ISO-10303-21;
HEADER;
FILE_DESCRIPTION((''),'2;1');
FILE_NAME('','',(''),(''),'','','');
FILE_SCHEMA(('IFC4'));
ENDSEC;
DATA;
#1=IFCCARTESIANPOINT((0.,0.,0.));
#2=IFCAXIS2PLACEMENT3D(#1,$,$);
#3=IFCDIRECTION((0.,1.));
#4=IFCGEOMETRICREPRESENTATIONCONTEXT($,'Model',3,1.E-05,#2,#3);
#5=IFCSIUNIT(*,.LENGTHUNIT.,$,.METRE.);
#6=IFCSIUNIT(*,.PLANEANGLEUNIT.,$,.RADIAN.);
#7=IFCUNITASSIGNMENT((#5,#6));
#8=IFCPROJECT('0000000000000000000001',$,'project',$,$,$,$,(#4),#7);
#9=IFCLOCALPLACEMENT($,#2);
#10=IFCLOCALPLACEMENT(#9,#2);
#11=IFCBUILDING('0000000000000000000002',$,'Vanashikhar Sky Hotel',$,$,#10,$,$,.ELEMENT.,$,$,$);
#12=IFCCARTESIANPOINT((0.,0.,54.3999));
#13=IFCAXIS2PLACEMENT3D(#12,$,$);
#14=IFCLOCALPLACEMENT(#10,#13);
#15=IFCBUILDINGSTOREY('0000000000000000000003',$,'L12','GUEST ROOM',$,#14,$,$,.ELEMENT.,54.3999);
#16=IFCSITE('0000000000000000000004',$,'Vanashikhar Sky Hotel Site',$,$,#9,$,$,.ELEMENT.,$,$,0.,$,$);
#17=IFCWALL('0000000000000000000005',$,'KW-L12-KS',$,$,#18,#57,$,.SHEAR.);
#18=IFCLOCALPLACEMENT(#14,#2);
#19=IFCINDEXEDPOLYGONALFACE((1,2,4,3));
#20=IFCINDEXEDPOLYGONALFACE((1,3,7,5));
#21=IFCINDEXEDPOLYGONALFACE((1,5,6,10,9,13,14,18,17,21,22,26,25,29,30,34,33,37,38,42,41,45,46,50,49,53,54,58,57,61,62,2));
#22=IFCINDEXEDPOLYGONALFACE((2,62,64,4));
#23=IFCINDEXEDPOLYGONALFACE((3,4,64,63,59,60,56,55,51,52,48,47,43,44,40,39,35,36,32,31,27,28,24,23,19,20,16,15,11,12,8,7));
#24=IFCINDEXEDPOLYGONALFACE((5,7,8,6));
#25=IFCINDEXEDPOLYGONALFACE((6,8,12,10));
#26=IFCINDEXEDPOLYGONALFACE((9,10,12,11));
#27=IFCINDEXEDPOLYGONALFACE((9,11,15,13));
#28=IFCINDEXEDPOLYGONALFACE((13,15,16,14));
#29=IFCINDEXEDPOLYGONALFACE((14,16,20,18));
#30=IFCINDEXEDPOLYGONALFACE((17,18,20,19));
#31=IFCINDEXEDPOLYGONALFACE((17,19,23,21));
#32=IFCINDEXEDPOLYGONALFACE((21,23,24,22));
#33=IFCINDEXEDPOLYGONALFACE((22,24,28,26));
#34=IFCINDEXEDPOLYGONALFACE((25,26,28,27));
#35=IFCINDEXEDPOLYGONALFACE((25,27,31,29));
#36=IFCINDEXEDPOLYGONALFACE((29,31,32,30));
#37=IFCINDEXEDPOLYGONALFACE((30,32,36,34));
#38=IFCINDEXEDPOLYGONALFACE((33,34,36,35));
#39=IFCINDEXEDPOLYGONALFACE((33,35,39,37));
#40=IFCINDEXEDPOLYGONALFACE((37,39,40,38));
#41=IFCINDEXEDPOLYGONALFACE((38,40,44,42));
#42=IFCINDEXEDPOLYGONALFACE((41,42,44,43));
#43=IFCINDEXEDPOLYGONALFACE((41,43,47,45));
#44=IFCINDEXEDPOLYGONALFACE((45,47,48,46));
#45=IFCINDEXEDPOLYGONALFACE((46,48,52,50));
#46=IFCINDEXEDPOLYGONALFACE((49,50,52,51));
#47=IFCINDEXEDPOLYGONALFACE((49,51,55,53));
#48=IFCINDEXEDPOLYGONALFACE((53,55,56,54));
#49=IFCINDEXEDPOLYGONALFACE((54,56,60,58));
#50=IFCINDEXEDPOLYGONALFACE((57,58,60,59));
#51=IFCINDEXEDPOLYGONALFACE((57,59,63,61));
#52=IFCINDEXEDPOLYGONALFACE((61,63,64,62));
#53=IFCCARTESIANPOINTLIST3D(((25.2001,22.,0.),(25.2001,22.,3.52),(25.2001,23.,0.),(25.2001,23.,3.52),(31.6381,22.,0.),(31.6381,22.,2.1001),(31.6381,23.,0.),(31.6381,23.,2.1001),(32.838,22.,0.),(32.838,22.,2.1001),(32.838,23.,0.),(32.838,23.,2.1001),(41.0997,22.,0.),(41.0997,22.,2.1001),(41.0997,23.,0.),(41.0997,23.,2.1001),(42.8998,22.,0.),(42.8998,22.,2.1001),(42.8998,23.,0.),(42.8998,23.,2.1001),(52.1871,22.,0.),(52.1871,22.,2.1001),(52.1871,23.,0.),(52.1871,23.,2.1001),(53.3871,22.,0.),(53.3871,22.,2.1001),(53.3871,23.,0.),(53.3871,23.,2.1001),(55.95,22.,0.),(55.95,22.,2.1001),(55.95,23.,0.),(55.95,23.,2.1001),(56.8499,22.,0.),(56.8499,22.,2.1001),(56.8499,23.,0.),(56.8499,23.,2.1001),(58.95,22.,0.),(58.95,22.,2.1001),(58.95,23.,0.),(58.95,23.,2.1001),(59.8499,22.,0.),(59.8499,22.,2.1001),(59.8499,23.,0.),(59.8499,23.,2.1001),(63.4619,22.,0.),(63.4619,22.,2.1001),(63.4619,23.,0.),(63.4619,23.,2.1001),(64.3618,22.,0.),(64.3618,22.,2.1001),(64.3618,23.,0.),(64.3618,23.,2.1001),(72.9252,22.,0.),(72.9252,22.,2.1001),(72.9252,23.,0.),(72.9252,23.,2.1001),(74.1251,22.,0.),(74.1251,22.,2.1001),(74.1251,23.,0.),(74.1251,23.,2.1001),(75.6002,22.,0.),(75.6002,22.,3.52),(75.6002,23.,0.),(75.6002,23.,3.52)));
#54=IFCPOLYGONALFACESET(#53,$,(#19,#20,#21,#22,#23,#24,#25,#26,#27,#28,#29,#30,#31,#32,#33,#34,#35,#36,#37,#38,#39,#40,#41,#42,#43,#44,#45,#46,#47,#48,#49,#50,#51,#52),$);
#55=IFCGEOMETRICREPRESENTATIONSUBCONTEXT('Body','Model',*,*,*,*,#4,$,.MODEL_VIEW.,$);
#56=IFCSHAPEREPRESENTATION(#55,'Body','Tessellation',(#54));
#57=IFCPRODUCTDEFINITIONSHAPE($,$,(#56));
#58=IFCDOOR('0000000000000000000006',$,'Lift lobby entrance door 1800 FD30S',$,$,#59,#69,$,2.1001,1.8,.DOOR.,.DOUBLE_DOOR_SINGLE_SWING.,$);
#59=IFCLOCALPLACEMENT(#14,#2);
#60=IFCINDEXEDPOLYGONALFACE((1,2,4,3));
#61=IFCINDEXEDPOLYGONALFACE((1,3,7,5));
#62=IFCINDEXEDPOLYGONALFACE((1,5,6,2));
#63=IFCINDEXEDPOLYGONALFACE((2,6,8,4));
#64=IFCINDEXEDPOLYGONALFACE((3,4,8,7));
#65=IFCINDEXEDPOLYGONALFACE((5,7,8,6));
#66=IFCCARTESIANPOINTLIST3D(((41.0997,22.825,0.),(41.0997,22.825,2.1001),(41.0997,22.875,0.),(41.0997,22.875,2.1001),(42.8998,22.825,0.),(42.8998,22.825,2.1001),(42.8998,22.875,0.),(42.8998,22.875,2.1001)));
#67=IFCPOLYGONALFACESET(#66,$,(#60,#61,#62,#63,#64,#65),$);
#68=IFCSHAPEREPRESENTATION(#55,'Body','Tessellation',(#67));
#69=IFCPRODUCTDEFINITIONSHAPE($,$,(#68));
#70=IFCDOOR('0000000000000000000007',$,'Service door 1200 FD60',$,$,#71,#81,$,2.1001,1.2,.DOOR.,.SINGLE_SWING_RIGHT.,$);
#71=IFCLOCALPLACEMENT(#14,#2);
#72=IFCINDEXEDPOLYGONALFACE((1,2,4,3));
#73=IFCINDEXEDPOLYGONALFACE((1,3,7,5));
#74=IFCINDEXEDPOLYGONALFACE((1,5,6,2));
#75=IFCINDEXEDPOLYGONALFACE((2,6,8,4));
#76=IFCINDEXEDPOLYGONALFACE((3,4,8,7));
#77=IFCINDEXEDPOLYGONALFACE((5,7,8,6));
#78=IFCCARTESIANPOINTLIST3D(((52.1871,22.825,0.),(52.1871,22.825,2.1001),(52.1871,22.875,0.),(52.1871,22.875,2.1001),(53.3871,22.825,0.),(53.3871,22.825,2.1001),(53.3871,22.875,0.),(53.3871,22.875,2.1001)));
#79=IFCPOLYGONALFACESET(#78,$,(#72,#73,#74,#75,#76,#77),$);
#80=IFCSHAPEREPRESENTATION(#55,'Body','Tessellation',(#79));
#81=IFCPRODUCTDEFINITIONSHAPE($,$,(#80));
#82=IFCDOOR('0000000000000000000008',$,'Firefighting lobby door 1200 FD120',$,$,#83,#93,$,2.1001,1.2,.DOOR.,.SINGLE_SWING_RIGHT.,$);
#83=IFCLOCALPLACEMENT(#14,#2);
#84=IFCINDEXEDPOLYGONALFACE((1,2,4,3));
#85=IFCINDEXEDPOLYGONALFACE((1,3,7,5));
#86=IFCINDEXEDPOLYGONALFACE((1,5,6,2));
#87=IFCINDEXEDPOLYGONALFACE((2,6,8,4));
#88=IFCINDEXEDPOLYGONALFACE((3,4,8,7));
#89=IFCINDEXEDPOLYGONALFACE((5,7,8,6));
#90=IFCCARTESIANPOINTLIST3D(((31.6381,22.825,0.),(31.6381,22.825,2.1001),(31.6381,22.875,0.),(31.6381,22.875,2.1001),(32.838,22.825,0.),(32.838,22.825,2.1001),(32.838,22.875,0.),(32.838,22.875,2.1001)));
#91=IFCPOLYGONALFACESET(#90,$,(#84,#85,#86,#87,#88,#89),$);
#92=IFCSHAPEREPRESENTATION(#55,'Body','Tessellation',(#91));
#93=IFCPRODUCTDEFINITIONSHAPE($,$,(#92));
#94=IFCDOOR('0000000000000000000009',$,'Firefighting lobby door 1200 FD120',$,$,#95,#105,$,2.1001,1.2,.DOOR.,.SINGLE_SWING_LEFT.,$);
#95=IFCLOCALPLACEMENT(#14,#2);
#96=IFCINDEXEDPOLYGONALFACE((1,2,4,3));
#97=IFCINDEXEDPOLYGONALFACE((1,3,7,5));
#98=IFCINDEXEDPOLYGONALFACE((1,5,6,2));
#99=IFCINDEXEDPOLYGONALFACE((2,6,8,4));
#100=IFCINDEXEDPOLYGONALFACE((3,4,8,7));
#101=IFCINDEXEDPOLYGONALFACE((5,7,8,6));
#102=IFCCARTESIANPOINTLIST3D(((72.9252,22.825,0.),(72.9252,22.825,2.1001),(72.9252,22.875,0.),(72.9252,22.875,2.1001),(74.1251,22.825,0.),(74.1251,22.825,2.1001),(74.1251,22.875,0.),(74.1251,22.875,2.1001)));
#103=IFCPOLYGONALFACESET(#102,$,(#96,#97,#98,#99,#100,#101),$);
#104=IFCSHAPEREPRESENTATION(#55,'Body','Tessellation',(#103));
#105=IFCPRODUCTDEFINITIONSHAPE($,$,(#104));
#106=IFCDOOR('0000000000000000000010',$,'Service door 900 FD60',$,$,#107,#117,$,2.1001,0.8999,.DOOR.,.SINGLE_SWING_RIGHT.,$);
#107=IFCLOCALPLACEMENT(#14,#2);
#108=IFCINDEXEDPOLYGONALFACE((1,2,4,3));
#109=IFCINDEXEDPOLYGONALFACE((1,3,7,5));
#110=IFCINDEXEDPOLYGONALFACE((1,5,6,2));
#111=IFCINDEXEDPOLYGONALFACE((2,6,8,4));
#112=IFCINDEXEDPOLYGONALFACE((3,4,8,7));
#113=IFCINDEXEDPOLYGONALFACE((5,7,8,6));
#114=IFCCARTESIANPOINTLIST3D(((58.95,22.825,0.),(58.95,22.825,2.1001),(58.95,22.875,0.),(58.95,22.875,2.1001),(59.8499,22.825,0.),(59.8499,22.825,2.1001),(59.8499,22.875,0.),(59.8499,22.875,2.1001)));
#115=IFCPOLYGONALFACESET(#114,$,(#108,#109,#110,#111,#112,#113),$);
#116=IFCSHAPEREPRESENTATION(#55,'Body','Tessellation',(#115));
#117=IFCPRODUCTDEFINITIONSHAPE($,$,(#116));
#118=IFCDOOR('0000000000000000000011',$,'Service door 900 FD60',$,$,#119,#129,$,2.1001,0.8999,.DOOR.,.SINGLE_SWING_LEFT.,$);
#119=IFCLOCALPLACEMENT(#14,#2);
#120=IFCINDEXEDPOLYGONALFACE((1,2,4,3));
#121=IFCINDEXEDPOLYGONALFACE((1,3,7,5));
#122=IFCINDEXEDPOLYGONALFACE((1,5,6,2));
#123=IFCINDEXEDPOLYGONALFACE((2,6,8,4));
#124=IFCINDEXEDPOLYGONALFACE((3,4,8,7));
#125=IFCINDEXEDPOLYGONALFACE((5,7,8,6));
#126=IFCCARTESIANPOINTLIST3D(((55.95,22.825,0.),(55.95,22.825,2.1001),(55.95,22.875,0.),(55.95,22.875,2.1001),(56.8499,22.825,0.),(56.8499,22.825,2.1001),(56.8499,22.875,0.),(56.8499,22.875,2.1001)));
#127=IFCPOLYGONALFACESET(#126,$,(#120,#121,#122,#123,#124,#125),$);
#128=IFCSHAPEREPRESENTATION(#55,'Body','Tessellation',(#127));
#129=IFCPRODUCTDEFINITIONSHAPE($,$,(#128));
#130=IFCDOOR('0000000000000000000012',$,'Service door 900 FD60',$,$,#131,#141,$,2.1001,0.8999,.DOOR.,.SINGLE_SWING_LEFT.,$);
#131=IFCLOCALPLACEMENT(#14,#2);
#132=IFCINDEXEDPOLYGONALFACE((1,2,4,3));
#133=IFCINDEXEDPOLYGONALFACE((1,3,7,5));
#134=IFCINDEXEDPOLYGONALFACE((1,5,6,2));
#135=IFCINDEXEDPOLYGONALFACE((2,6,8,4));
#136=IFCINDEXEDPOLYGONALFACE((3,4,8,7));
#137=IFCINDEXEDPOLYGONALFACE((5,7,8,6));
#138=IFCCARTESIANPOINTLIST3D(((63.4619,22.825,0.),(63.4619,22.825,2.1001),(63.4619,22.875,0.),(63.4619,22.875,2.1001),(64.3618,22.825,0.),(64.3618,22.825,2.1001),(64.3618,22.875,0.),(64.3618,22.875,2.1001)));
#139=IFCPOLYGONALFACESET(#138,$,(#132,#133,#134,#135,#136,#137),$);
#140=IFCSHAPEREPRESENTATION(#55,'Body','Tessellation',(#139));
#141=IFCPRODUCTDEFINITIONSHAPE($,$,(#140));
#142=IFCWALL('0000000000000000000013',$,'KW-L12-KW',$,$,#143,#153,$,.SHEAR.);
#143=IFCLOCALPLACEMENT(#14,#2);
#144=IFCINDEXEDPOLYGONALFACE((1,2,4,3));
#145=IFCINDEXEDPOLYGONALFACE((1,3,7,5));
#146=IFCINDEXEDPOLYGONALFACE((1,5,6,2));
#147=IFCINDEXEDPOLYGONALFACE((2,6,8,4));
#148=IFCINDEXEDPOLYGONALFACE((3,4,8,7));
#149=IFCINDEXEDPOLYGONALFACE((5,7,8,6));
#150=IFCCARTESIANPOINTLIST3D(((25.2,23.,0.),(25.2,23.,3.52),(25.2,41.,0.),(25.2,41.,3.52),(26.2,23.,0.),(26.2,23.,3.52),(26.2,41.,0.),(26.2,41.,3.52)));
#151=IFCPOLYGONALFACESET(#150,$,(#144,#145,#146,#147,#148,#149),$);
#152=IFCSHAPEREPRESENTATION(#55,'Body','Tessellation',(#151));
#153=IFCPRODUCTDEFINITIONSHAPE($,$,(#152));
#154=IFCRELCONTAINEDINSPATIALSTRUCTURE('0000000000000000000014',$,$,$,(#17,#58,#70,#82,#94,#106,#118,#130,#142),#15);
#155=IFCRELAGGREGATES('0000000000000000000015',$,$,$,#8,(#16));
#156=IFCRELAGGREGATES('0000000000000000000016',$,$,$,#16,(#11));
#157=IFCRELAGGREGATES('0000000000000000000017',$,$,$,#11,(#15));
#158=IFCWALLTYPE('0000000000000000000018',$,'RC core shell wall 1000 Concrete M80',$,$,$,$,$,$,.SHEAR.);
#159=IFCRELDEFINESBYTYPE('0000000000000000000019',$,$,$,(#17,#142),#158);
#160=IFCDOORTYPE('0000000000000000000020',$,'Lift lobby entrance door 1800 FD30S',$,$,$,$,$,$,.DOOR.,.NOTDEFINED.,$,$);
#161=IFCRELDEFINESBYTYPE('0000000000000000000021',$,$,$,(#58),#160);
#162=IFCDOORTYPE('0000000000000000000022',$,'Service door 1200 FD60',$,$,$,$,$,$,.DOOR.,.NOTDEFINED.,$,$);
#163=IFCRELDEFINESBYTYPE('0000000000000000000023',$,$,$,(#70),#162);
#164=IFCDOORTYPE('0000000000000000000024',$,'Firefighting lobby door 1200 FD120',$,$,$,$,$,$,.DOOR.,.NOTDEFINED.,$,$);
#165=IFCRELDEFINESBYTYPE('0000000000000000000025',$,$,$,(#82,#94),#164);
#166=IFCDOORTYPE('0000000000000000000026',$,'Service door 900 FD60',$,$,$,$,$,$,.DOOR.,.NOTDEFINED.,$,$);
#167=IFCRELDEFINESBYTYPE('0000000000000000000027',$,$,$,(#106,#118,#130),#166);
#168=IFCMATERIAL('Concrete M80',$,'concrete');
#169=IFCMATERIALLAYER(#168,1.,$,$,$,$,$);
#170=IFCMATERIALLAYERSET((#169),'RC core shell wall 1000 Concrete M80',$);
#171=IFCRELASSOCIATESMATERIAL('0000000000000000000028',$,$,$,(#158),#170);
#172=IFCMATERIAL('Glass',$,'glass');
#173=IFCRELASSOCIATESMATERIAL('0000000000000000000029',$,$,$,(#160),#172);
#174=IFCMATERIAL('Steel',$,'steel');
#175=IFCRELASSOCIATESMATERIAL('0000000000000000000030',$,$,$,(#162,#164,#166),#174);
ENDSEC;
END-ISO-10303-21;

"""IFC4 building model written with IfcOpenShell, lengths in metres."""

from ifc_helpers import new_model, si_unit, direction, frame, frame_2d, origin, place, context, subcontext, project, spatial, rectangle, extrude, source, transform, mapped, material, layer, layer_set, type_object, element, fill, save


model = new_model("IFC4")

# Units and contexts
model_context = context("Model", 3, precision=1e-05, world=origin(), true_north=direction((0.0, 1.0)))
body_context = subcontext(model_context, "Body", "Model", "MODEL_VIEW")
ifc_project = project(units=[si_unit("LENGTHUNIT", "METRE"), si_unit("PLANEANGLEUNIT", "RADIAN")], contexts=[model_context])

# Site, building, storey
site_placement = place(None, origin())
site = spatial("IfcSite", under=ifc_project, at=site_placement, Name="Vanashikhar Sky Hotel Site", CompositionType="ELEMENT", RefElevation=0.0)
building_placement = place(site_placement, origin())
building = spatial("IfcBuilding", under=site, at=building_placement, Name="Vanashikhar Sky Hotel", CompositionType="ELEMENT")
storey_placement = place(building_placement, frame((0.0, 0.0, 54.3999)))
storey = spatial("IfcBuildingStorey", under=building, at=storey_placement, Name="L12", Description="GUEST ROOM", CompositionType="ELEMENT", Elevation=54.3999)

# Wall, openings, doors
ifc_material_1 = material(Name="Concrete M80", Category="concrete")
ifc_layer_1 = layer(ifc_material_1, 1.0)
ifc_layer_set_1 = layer_set([ifc_layer_1], Name="RC core shell wall 1000 Concrete M80")
wall_type_1 = type_object("IfcWallType", Name="RC core shell wall 1000 Concrete M80", PredefinedType="SHEAR", material=ifc_layer_set_1)
shared_shape_1 = source(origin(), body_context, "Body", "SweptSolid", [
    extrude(rectangle(XDim=50.4001, YDim=1.0, at=frame_2d((25.2002, 0.0))), origin(), (0.0, 0.0, 1.0), 3.52),
])
wall_1_placement = place(storey_placement, frame((25.2, 22.5, 0.0), z_axis=(0.0, 0.0, 1.0), x_axis=(1.0, 0.0, 0.0)))
wall_1 = element("IfcWall", 1, at=wall_1_placement, inside=storey, type_object=wall_type_1, Name="KW-L12-KS", PredefinedType="SHEAR", context=body_context, shape_type="MappedRepresentation", body=[
    mapped(shared_shape_1, transform((0.0, 0.0, 0.0), scale=1.0)),
])
shared_shape_2 = source(origin(), body_context, "Body", "SweptSolid", [
    extrude(rectangle(XDim=1.8, YDim=2.1001, at=frame_2d((0.8999, 1.05))), frame((0.0, 0.51, 0.0), z_axis=(0.0, -1.0, 0.0), x_axis=(1.0, 0.0, 0.0)), (0.0, 0.0, 1.0), 1.02),
])
opening_1_placement = place(wall_1_placement, frame((15.8999, 0.0, 0.0)))
opening_1 = element("IfcOpeningElement", 2, at=opening_1_placement, cuts=wall_1, PredefinedType="OPENING", context=body_context, shape_type="MappedRepresentation", body=[
    mapped(shared_shape_2, transform((0.0, 0.0, 0.0), scale=1.0)),
])
shared_shape_3 = source(origin(), body_context, "Body", "SweptSolid", [
    extrude(rectangle(XDim=1.2, YDim=2.1001, at=frame_2d((0.6001, 1.05))), frame((0.0, 0.51, 0.0), z_axis=(0.0, -1.0, 0.0), x_axis=(1.0, 0.0, 0.0)), (0.0, 0.0, 1.0), 1.02),
])
opening_2_placement = place(wall_1_placement, frame((26.9871, 0.0, 0.0)))
opening_2 = element("IfcOpeningElement", 3, at=opening_2_placement, cuts=wall_1, PredefinedType="OPENING", context=body_context, shape_type="MappedRepresentation", body=[
    mapped(shared_shape_3, transform((0.0, 0.0, 0.0), scale=1.0)),
])
shared_shape_4 = source(origin(), body_context, "Body", "SweptSolid", [
    extrude(rectangle(XDim=0.8999, YDim=2.1001, at=frame_2d((0.45, 1.05))), frame((0.0, 0.51, 0.0), z_axis=(0.0, -1.0, 0.0), x_axis=(1.0, 0.0, 0.0)), (0.0, 0.0, 1.0), 1.02),
])
opening_3_placement = place(wall_1_placement, frame((33.75, 0.0, 0.0)))
opening_3 = element("IfcOpeningElement", 4, at=opening_3_placement, cuts=wall_1, PredefinedType="OPENING", context=body_context, shape_type="MappedRepresentation", body=[
    mapped(shared_shape_4, transform((0.0, 0.0, 0.0), scale=1.0)),
])
opening_4_placement = place(wall_1_placement, frame((30.75, 0.0, 0.0)))
opening_4 = element("IfcOpeningElement", 5, at=opening_4_placement, cuts=wall_1, PredefinedType="OPENING", context=body_context, shape_type="MappedRepresentation", body=[
    mapped(shared_shape_4, transform((0.0, 0.0, 0.0), scale=1.0)),
])
opening_5_placement = place(wall_1_placement, frame((38.262, 0.0, 0.0)))
opening_5 = element("IfcOpeningElement", 6, at=opening_5_placement, cuts=wall_1, PredefinedType="OPENING", context=body_context, shape_type="MappedRepresentation", body=[
    mapped(shared_shape_4, transform((0.0, 0.0, 0.0), scale=1.0)),
])
opening_6_placement = place(wall_1_placement, frame((6.438, 0.0, 0.0)))
opening_6 = element("IfcOpeningElement", 7, at=opening_6_placement, cuts=wall_1, PredefinedType="OPENING", context=body_context, shape_type="MappedRepresentation", body=[
    mapped(shared_shape_3, transform((0.0, 0.0, 0.0), scale=1.0)),
])
opening_7_placement = place(wall_1_placement, frame((47.7251, 0.0, 0.0)))
opening_7 = element("IfcOpeningElement", 8, at=opening_7_placement, cuts=wall_1, PredefinedType="OPENING", context=body_context, shape_type="MappedRepresentation", body=[
    mapped(shared_shape_3, transform((0.0, 0.0, 0.0), scale=1.0)),
])
ifc_material_2 = material(Name="Glass", Category="glass")
door_type_1 = type_object("IfcDoorType", Name="Lift lobby entrance door 1800 FD30S", OperationType="NOTDEFINED", PredefinedType="DOOR", material=ifc_material_2)
shared_shape_5 = source(origin(), body_context, "Body", "SweptSolid", [
    extrude(rectangle(XDim=1.8, YDim=2.1001, at=frame_2d((0.8999, 1.05))), frame((0.0, 0.375, 0.0), z_axis=(0.0, -1.0, 0.0), x_axis=(1.0, 0.0, 0.0)), (0.0, 0.0, 1.0), 0.05),
])
door_1_placement = place(opening_1_placement, origin())
door_1 = element("IfcDoor", 9, at=door_1_placement, inside=storey, type_object=door_type_1, Name="Lift lobby entrance door 1800 FD30S", OperationType="DOUBLE_DOOR_SINGLE_SWING", OverallHeight=2.1001, OverallWidth=1.8, PredefinedType="DOOR", context=body_context, shape_type="MappedRepresentation", body=[
    mapped(shared_shape_5, transform((0.0, 0.0, 0.0), scale=1.0)),
])
fill(opening_1, door_1)
ifc_material_3 = material(Name="Steel", Category="steel")
door_type_2 = type_object("IfcDoorType", Name="Service door 1200 FD60", OperationType="NOTDEFINED", PredefinedType="DOOR", material=ifc_material_3)
shared_shape_6 = source(origin(), body_context, "Body", "SweptSolid", [
    extrude(rectangle(XDim=1.2, YDim=2.1001, at=frame_2d((0.6001, 1.05))), frame((0.0, 0.375, 0.0), z_axis=(0.0, -1.0, 0.0), x_axis=(1.0, 0.0, 0.0)), (0.0, 0.0, 1.0), 0.05),
])
door_2_placement = place(opening_2_placement, origin())
door_2 = element("IfcDoor", 10, at=door_2_placement, inside=storey, type_object=door_type_2, Name="Service door 1200 FD60", OperationType="SINGLE_SWING_RIGHT", OverallHeight=2.1001, OverallWidth=1.2, PredefinedType="DOOR", context=body_context, shape_type="MappedRepresentation", body=[
    mapped(shared_shape_6, transform((0.0, 0.0, 0.0), scale=1.0)),
])
fill(opening_2, door_2)
door_type_3 = type_object("IfcDoorType", Name="Firefighting lobby door 1200 FD120", OperationType="NOTDEFINED", PredefinedType="DOOR", material=ifc_material_3)
door_3_placement = place(opening_6_placement, origin())
door_3 = element("IfcDoor", 11, at=door_3_placement, inside=storey, type_object=door_type_3, Name="Firefighting lobby door 1200 FD120", OperationType="SINGLE_SWING_RIGHT", OverallHeight=2.1001, OverallWidth=1.2, PredefinedType="DOOR", context=body_context, shape_type="MappedRepresentation", body=[
    mapped(shared_shape_6, transform((0.0, 0.0, 0.0), scale=1.0)),
])
fill(opening_6, door_3)
door_4_placement = place(opening_7_placement, origin())
door_4 = element("IfcDoor", 12, at=door_4_placement, inside=storey, type_object=door_type_3, Name="Firefighting lobby door 1200 FD120", OperationType="SINGLE_SWING_LEFT", OverallHeight=2.1001, OverallWidth=1.2, PredefinedType="DOOR", context=body_context, shape_type="MappedRepresentation", body=[
    mapped(shared_shape_6, transform((0.0, 0.0, 0.0), scale=1.0)),
])
fill(opening_7, door_4)
door_type_4 = type_object("IfcDoorType", Name="Service door 900 FD60", OperationType="NOTDEFINED", PredefinedType="DOOR", material=ifc_material_3)
shared_shape_7 = source(origin(), body_context, "Body", "SweptSolid", [
    extrude(rectangle(XDim=0.8999, YDim=2.1001, at=frame_2d((0.45, 1.05))), frame((0.0, 0.375, 0.0), z_axis=(0.0, -1.0, 0.0), x_axis=(1.0, 0.0, 0.0)), (0.0, 0.0, 1.0), 0.05),
])
door_5_placement = place(opening_3_placement, origin())
door_5 = element("IfcDoor", 13, at=door_5_placement, inside=storey, type_object=door_type_4, Name="Service door 900 FD60", OperationType="SINGLE_SWING_RIGHT", OverallHeight=2.1001, OverallWidth=0.8999, PredefinedType="DOOR", context=body_context, shape_type="MappedRepresentation", body=[
    mapped(shared_shape_7, transform((0.0, 0.0, 0.0), scale=1.0)),
])
fill(opening_3, door_5)
door_6_placement = place(opening_4_placement, origin())
door_6 = element("IfcDoor", 14, at=door_6_placement, inside=storey, type_object=door_type_4, Name="Service door 900 FD60", OperationType="SINGLE_SWING_LEFT", OverallHeight=2.1001, OverallWidth=0.8999, PredefinedType="DOOR", context=body_context, shape_type="MappedRepresentation", body=[
    mapped(shared_shape_7, transform((0.0, 0.0, 0.0), scale=1.0)),
])
fill(opening_4, door_6)
door_7_placement = place(opening_5_placement, origin())
door_7 = element("IfcDoor", 15, at=door_7_placement, inside=storey, type_object=door_type_4, Name="Service door 900 FD60", OperationType="SINGLE_SWING_LEFT", OverallHeight=2.1001, OverallWidth=0.8999, PredefinedType="DOOR", context=body_context, shape_type="MappedRepresentation", body=[
    mapped(shared_shape_7, transform((0.0, 0.0, 0.0), scale=1.0)),
])
fill(opening_5, door_7)

# Wall
shared_shape_8 = source(origin(), body_context, "Body", "SweptSolid", [
    extrude(rectangle(XDim=18.0, YDim=1.0, at=frame_2d((9.0, 0.0))), origin(), (0.0, 0.0, 1.0), 3.52),
])
wall_2_placement = place(storey_placement, frame((25.7, 23.0, 0.0), z_axis=(0.0, 0.0, 1.0), x_axis=(0.0, 1.0, 0.0)))
element("IfcWall", 16, at=wall_2_placement, inside=storey, type_object=wall_type_1, Name="KW-L12-KW", PredefinedType="SHEAR", context=body_context, shape_type="MappedRepresentation", body=[
    mapped(shared_shape_8, transform((0.0, 0.0, 0.0), scale=1.0)),
])

save(model, "model.ifc")
